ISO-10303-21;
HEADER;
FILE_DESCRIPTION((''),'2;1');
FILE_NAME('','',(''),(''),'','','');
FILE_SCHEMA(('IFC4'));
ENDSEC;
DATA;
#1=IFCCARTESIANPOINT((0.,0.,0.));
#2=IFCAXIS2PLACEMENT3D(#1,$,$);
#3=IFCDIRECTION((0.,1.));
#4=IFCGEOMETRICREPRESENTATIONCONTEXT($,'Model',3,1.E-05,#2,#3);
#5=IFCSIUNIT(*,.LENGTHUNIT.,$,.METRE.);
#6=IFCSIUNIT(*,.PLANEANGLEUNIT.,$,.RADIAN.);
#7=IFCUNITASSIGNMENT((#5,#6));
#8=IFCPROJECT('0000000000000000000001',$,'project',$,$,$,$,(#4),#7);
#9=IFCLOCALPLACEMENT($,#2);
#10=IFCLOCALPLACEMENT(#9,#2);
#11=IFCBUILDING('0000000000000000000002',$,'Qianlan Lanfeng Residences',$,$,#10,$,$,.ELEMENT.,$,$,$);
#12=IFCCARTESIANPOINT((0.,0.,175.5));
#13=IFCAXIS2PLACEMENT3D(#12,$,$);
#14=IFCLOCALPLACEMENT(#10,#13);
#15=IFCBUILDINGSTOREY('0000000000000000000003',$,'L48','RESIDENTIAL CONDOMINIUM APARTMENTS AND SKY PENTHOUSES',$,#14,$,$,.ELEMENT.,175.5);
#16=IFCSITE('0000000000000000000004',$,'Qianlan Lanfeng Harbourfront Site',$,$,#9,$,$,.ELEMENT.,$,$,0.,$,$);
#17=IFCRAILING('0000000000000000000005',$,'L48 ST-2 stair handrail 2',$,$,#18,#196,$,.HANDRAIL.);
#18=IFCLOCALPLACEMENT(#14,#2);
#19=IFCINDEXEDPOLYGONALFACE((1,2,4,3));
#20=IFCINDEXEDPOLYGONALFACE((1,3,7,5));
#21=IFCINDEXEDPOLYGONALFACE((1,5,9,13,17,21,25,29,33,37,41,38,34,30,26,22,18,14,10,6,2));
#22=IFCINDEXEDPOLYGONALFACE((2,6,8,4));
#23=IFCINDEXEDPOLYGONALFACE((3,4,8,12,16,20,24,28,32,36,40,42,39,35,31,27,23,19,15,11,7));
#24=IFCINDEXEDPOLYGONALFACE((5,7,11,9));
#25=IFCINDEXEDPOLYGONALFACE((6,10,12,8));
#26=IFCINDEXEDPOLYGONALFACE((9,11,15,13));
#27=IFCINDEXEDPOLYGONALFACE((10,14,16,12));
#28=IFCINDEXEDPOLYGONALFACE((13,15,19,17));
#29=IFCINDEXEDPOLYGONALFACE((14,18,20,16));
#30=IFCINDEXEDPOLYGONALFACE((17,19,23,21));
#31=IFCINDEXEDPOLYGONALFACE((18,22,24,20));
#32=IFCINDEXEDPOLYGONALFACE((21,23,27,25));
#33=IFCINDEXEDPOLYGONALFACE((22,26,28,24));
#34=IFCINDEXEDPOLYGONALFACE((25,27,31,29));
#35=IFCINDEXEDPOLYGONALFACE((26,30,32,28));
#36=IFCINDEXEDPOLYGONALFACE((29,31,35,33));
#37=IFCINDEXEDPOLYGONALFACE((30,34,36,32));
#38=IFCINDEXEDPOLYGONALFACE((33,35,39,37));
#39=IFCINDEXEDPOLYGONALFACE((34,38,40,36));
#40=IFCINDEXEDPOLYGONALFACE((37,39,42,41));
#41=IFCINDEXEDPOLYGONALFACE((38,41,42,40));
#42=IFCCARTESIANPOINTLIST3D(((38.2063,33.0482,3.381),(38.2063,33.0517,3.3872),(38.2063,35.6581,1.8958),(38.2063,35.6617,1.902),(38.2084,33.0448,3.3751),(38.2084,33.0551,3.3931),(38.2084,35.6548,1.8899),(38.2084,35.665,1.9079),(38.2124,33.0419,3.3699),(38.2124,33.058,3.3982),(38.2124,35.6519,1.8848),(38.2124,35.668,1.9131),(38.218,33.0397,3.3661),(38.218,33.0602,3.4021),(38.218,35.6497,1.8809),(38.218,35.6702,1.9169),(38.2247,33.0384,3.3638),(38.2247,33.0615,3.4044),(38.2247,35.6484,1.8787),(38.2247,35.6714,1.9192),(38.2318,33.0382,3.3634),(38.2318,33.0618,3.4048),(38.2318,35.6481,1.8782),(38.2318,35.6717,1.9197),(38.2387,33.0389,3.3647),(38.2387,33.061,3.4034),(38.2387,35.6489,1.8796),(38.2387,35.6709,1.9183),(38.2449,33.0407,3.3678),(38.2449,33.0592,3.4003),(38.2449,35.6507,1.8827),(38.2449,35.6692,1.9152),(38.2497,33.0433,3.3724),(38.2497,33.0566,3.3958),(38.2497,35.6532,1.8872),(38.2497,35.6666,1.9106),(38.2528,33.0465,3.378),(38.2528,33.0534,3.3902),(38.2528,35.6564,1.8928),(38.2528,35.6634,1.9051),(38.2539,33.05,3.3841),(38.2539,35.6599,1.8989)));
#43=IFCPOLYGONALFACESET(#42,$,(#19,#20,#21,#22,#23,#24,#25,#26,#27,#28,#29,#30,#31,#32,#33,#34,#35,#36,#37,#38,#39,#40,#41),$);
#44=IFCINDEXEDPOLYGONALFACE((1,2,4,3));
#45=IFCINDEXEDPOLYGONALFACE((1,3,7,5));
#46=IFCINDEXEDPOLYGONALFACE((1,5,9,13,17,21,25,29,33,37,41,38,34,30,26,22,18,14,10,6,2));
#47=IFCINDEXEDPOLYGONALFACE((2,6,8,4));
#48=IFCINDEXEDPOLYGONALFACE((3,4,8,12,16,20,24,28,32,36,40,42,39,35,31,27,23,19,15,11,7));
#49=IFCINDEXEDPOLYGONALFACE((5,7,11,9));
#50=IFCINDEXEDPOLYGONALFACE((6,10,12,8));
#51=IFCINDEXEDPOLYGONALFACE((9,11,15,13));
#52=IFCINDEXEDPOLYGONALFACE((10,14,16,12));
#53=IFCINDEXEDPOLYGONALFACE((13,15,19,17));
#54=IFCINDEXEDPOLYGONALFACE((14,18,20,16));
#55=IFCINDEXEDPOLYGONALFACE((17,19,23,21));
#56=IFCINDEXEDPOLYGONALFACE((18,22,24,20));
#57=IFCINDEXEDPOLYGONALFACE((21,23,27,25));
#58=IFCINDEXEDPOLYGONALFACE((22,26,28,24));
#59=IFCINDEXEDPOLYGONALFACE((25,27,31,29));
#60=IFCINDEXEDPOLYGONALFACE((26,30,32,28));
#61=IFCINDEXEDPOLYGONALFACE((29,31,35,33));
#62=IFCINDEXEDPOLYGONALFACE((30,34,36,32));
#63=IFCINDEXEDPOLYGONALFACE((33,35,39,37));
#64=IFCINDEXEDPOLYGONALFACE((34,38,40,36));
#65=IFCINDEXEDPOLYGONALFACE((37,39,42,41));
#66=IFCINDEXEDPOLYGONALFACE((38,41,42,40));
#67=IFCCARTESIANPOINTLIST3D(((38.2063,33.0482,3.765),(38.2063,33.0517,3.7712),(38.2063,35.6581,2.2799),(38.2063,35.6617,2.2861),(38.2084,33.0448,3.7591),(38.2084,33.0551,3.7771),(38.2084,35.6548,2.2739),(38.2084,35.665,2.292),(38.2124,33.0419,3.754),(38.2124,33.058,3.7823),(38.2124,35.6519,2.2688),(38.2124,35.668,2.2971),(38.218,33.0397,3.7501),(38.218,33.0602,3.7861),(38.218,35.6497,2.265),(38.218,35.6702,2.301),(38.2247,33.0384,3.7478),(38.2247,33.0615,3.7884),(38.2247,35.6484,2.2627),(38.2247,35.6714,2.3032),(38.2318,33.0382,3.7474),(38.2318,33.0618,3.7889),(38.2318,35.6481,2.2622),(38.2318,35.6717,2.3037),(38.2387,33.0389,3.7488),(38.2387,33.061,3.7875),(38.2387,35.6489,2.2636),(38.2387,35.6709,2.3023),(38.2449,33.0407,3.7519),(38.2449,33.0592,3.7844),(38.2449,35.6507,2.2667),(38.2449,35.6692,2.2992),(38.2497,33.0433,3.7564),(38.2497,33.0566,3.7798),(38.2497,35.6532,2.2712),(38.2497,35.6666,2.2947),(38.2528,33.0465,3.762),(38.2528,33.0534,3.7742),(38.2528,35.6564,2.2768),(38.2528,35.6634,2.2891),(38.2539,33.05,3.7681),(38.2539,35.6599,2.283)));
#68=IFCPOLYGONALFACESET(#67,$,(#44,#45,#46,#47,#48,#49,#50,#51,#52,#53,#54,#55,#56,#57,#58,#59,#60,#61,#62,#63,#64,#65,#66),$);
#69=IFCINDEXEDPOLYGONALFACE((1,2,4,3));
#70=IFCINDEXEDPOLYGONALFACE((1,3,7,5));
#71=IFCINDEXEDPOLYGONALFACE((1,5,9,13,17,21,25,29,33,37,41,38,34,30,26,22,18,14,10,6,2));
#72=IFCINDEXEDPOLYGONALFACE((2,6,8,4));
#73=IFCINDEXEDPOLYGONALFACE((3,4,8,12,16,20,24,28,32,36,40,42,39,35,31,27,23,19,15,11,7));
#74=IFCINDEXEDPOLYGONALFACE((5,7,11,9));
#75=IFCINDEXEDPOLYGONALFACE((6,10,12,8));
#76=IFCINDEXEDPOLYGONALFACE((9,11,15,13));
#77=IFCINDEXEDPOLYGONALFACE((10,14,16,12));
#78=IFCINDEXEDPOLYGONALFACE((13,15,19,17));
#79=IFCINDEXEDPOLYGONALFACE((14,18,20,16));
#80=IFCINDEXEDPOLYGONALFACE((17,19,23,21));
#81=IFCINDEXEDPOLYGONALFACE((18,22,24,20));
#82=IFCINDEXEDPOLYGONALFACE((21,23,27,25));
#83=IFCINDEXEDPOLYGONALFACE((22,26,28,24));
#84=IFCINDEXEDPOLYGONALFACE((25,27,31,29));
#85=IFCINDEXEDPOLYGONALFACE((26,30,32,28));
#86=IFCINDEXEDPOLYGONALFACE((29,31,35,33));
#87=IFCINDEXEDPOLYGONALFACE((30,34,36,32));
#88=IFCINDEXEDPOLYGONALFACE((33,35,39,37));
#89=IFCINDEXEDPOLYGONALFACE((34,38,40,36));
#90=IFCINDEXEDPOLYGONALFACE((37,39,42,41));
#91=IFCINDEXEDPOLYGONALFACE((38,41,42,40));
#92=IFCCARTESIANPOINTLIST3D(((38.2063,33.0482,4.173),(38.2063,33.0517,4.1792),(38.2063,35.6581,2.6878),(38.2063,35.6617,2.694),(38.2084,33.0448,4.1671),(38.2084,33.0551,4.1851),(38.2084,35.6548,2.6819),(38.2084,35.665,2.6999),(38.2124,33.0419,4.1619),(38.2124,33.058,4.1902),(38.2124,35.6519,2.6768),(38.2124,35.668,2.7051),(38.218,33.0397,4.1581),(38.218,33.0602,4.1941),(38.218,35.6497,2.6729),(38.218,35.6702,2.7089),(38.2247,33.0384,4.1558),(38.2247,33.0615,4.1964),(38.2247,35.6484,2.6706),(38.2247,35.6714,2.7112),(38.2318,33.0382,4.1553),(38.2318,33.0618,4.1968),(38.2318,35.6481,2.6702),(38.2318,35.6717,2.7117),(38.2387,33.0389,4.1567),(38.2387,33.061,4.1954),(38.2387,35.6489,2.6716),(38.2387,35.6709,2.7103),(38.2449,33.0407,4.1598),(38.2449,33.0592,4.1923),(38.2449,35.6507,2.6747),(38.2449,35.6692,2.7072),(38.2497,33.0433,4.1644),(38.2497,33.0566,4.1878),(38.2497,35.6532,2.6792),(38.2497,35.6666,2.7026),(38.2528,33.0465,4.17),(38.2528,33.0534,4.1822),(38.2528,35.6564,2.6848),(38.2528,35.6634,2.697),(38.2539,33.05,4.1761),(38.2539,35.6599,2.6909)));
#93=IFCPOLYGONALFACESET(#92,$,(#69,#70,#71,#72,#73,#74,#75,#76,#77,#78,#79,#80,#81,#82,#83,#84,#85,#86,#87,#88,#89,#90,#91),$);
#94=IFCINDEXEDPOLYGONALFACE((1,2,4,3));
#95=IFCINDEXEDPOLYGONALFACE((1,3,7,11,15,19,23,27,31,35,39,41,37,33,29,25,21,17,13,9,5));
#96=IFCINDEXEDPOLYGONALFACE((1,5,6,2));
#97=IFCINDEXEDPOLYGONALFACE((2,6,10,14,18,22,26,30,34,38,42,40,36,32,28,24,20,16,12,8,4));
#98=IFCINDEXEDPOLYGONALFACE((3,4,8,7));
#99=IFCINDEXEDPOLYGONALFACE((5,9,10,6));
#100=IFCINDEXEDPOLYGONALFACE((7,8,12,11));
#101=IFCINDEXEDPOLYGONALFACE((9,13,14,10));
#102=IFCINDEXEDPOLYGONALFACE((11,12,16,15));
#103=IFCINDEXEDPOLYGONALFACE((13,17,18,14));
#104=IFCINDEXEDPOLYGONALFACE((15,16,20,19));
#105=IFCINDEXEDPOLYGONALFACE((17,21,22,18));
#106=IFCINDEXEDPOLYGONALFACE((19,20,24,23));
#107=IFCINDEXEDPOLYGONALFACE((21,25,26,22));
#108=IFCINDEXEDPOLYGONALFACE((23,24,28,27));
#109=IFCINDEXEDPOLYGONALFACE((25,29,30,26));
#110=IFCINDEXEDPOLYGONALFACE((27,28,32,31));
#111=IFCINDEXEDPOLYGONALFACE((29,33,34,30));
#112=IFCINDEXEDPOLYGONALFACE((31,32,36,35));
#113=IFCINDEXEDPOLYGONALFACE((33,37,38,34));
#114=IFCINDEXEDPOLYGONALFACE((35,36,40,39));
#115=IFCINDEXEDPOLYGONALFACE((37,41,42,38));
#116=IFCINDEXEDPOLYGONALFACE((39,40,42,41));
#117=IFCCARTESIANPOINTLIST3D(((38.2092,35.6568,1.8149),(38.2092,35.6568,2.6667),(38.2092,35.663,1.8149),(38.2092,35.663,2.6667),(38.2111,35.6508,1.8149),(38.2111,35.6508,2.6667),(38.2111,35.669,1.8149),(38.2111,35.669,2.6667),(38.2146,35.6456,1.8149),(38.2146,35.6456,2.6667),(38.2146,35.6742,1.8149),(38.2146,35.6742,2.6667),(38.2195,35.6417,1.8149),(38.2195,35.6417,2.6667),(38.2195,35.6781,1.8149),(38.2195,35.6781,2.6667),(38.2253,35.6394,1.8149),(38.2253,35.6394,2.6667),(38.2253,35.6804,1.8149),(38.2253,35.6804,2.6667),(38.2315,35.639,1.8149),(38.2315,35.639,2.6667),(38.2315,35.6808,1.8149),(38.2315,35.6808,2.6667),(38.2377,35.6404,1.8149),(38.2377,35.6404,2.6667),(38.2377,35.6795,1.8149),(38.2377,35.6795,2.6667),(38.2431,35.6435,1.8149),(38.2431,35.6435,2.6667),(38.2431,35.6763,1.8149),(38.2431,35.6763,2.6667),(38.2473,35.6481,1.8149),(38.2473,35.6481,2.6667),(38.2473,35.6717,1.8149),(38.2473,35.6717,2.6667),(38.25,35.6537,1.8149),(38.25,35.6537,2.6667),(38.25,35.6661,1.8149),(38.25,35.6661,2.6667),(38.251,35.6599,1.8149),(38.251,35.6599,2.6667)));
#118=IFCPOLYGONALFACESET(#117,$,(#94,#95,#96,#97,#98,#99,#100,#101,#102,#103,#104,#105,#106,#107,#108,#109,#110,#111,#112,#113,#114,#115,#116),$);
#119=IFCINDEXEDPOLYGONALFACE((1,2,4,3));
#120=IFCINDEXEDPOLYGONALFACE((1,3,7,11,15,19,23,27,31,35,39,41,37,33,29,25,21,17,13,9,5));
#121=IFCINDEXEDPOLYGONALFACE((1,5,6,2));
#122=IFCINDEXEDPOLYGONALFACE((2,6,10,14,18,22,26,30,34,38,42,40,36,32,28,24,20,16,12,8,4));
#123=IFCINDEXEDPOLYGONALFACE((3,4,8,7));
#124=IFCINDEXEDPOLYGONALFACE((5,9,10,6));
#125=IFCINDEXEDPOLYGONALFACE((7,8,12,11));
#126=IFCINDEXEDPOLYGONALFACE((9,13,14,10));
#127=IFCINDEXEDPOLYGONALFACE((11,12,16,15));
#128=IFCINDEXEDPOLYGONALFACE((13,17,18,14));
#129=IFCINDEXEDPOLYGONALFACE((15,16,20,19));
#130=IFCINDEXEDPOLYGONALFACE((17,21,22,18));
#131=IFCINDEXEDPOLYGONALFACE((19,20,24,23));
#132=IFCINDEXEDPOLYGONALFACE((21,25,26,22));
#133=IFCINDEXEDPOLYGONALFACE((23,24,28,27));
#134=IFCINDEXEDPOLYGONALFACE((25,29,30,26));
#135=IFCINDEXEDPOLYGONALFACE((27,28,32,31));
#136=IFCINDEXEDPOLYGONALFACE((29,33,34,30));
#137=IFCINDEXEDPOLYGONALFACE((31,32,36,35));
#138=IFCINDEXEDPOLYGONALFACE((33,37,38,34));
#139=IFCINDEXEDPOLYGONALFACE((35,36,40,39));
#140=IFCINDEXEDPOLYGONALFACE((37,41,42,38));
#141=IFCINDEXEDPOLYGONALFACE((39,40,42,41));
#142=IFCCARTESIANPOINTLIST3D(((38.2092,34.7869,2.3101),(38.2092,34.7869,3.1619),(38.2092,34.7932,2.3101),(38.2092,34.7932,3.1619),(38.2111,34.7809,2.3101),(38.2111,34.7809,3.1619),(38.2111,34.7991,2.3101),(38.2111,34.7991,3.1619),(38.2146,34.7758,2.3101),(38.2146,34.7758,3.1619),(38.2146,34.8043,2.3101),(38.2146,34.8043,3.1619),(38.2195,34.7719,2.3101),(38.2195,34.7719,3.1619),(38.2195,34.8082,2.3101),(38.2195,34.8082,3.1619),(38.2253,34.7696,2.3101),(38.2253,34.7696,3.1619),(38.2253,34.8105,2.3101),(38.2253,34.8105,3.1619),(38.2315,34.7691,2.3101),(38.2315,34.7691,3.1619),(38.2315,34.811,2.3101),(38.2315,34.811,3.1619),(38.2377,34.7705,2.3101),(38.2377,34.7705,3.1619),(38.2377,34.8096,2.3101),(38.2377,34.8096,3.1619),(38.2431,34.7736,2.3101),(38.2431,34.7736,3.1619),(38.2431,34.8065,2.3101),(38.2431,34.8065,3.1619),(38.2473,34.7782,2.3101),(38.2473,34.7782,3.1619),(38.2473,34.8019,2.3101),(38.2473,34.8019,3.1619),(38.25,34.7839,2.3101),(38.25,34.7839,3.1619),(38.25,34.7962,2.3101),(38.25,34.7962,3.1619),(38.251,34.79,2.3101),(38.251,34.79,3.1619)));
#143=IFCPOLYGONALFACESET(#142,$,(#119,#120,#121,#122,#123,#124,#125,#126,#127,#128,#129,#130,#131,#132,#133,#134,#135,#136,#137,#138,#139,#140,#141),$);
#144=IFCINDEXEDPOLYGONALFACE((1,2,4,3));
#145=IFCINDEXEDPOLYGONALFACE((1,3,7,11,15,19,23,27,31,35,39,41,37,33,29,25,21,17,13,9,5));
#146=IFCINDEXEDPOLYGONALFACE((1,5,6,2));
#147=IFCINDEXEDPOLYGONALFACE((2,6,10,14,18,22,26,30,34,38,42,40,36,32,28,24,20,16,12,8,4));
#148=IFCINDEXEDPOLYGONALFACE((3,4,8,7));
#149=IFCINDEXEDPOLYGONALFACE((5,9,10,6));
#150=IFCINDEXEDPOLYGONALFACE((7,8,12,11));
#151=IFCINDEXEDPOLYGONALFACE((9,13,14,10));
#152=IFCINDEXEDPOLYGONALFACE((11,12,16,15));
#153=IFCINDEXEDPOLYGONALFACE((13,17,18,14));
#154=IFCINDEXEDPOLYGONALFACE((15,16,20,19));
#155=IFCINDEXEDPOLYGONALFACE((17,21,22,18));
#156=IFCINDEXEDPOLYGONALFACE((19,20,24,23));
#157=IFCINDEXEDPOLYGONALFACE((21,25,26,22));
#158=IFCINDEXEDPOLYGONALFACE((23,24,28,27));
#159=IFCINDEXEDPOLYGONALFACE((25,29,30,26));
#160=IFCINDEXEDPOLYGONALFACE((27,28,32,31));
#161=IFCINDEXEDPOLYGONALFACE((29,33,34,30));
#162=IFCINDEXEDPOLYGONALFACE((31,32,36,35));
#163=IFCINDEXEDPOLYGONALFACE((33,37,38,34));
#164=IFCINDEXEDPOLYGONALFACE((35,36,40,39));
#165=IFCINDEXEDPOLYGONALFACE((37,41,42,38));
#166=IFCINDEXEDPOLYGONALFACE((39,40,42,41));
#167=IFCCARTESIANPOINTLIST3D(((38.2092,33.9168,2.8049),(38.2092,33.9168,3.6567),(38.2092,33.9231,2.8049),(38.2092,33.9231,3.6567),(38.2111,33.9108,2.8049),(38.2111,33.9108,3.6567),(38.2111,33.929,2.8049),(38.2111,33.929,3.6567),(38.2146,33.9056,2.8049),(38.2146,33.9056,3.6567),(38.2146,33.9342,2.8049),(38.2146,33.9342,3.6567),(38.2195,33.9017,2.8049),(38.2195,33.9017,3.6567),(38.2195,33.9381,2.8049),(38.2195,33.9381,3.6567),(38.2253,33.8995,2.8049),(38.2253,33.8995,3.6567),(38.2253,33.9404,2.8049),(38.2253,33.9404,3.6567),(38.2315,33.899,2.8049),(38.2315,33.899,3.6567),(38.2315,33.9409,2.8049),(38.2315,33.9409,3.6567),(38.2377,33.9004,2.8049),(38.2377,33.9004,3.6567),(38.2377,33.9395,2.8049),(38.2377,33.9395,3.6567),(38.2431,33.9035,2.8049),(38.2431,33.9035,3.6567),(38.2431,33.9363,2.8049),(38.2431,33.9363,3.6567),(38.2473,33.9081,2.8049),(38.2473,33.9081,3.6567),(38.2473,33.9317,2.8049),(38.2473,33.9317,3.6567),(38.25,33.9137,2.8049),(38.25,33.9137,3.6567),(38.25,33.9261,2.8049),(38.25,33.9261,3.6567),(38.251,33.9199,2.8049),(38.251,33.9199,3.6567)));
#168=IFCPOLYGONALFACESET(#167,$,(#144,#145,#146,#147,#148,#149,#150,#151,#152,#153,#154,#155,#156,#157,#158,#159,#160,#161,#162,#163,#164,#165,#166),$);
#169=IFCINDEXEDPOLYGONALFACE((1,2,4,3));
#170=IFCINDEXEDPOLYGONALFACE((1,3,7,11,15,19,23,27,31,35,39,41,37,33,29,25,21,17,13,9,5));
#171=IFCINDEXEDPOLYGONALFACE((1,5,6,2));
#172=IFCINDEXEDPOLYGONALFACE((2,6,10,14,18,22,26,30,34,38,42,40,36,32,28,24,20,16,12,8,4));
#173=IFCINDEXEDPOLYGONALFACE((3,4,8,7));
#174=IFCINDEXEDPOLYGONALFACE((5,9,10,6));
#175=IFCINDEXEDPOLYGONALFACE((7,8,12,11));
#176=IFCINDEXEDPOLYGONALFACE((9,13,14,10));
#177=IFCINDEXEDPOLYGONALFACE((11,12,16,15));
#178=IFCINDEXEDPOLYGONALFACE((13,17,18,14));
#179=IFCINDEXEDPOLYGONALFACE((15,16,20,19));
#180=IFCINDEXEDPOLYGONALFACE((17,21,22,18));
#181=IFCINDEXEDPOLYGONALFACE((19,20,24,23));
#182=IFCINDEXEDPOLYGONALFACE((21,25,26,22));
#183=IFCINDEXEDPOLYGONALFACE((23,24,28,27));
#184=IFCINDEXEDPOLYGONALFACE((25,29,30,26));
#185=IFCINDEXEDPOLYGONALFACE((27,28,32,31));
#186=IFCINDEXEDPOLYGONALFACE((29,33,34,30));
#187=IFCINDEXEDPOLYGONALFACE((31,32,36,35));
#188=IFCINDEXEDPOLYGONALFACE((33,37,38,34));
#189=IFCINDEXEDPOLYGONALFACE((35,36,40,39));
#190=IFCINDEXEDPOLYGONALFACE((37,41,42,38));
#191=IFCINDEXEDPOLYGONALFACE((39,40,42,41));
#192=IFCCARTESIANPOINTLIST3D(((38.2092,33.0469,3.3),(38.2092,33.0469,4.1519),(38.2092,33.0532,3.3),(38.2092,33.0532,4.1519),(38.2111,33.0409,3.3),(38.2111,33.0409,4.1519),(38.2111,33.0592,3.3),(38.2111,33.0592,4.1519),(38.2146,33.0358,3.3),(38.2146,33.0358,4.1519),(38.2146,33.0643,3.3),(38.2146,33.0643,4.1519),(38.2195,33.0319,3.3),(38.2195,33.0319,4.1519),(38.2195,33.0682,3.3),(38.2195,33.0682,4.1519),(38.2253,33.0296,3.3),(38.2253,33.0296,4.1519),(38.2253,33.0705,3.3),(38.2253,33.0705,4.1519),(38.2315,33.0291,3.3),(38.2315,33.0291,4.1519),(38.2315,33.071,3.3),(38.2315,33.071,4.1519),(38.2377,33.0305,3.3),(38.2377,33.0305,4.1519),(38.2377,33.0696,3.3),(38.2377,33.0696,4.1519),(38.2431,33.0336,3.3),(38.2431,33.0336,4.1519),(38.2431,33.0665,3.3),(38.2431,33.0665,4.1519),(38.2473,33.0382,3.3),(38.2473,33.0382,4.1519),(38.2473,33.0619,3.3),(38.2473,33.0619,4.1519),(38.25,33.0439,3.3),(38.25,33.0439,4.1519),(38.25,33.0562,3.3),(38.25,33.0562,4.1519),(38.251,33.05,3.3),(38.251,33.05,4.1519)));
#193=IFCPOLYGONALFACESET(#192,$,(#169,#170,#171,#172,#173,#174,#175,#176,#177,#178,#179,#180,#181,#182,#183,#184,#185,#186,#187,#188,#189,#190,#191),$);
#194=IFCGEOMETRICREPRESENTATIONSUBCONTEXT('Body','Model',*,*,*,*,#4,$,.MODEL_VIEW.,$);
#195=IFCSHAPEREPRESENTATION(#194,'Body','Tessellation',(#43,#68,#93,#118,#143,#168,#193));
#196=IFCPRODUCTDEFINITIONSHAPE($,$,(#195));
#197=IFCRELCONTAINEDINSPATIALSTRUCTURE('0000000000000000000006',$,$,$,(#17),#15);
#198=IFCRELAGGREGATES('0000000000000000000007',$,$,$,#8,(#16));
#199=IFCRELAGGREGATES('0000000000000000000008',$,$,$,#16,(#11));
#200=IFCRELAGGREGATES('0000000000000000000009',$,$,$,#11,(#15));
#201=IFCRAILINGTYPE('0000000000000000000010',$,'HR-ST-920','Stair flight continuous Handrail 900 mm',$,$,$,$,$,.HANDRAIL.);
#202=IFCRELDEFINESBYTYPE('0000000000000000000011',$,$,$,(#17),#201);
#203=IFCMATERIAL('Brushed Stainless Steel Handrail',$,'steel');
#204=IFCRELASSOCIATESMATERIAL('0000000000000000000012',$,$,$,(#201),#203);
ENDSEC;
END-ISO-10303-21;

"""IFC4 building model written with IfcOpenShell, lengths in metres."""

from ifc_helpers import new_model, si_unit, direction, frame, origin, origin_2d, place, context, subcontext, project, spatial, circle, extrude, material, type_object, element, save


model = new_model("IFC4")

# Units and contexts
model_context = context("Model", 3, precision=1e-05, world=origin(), true_north=direction((0.0, 1.0)))
body_context = subcontext(model_context, "Body", "Model", "MODEL_VIEW")
ifc_project = project(units=[si_unit("LENGTHUNIT", "METRE"), si_unit("PLANEANGLEUNIT", "RADIAN")], contexts=[model_context])

# Site, building, storey
site_placement = place(None, origin())
site = spatial("IfcSite", under=ifc_project, at=site_placement, Name="Qianlan Lanfeng Harbourfront Site", CompositionType="ELEMENT", RefElevation=0.0)
building_placement = place(site_placement, origin())
building = spatial("IfcBuilding", under=site, at=building_placement, Name="Qianlan Lanfeng Residences", CompositionType="ELEMENT")
storey_placement = place(building_placement, frame((0.0, 0.0, 175.5)))
storey = spatial("IfcBuildingStorey", under=building, at=storey_placement, Name="L48", Description="RESIDENTIAL CONDOMINIUM APARTMENTS AND SKY PENTHOUSES", CompositionType="ELEMENT", Elevation=175.5)

# Railing
ifc_material_1 = material(Name="Brushed Stainless Steel Handrail", Category="steel")
railing_type_1 = type_object("IfcRailingType", Name="HR-ST-920", Description="Stair flight continuous Handrail 900 mm", PredefinedType="HANDRAIL", material=ifc_material_1)
railing_1_placement = place(storey_placement, frame((38.23, 35.6599, 1.8149)))
element("IfcRailing", 1, at=railing_1_placement, inside=storey, type_object=railing_type_1, Name="L48 ST-2 stair handrail 2", PredefinedType="HANDRAIL", context=body_context, shape_type="SweptSolid", body=[
    extrude(circle(Radius=0.0239, at=origin_2d()), frame((0.0, 0.0, 0.084), z_axis=(0.0, -0.869137, 0.494571), x_axis=(1.0, 0.0, 0.0)), (0.0, 0.0, 1.0), 3.0029),
    extrude(circle(Radius=0.0239, at=origin_2d()), frame((0.0, 0.0, 0.468), z_axis=(0.0, -0.869137, 0.494571), x_axis=(1.0, 0.0, 0.0)), (0.0, 0.0, 1.0), 3.0029),
    extrude(circle(Radius=0.0239, at=origin_2d()), frame((0.0, 0.0, 0.876), z_axis=(0.0, -0.869137, 0.494571), x_axis=(1.0, 0.0, 0.0)), (0.0, 0.0, 1.0), 3.0029),
    extrude(circle(Radius=0.021, at=origin_2d()), origin(), (0.0, 0.0, 1.0), 0.8518),
    extrude(circle(Radius=0.021, at=origin_2d()), frame((0.0, -0.8699, 0.4951)), (0.0, 0.0, 1.0), 0.8518),
    extrude(circle(Radius=0.021, at=origin_2d()), frame((0.0, -1.74, 0.99)), (0.0, 0.0, 1.0), 0.8518),
    extrude(circle(Radius=0.021, at=origin_2d()), frame((0.0, -2.6099, 1.4851)), (0.0, 0.0, 1.0), 0.8518),
])

save(model, "model.ifc")
